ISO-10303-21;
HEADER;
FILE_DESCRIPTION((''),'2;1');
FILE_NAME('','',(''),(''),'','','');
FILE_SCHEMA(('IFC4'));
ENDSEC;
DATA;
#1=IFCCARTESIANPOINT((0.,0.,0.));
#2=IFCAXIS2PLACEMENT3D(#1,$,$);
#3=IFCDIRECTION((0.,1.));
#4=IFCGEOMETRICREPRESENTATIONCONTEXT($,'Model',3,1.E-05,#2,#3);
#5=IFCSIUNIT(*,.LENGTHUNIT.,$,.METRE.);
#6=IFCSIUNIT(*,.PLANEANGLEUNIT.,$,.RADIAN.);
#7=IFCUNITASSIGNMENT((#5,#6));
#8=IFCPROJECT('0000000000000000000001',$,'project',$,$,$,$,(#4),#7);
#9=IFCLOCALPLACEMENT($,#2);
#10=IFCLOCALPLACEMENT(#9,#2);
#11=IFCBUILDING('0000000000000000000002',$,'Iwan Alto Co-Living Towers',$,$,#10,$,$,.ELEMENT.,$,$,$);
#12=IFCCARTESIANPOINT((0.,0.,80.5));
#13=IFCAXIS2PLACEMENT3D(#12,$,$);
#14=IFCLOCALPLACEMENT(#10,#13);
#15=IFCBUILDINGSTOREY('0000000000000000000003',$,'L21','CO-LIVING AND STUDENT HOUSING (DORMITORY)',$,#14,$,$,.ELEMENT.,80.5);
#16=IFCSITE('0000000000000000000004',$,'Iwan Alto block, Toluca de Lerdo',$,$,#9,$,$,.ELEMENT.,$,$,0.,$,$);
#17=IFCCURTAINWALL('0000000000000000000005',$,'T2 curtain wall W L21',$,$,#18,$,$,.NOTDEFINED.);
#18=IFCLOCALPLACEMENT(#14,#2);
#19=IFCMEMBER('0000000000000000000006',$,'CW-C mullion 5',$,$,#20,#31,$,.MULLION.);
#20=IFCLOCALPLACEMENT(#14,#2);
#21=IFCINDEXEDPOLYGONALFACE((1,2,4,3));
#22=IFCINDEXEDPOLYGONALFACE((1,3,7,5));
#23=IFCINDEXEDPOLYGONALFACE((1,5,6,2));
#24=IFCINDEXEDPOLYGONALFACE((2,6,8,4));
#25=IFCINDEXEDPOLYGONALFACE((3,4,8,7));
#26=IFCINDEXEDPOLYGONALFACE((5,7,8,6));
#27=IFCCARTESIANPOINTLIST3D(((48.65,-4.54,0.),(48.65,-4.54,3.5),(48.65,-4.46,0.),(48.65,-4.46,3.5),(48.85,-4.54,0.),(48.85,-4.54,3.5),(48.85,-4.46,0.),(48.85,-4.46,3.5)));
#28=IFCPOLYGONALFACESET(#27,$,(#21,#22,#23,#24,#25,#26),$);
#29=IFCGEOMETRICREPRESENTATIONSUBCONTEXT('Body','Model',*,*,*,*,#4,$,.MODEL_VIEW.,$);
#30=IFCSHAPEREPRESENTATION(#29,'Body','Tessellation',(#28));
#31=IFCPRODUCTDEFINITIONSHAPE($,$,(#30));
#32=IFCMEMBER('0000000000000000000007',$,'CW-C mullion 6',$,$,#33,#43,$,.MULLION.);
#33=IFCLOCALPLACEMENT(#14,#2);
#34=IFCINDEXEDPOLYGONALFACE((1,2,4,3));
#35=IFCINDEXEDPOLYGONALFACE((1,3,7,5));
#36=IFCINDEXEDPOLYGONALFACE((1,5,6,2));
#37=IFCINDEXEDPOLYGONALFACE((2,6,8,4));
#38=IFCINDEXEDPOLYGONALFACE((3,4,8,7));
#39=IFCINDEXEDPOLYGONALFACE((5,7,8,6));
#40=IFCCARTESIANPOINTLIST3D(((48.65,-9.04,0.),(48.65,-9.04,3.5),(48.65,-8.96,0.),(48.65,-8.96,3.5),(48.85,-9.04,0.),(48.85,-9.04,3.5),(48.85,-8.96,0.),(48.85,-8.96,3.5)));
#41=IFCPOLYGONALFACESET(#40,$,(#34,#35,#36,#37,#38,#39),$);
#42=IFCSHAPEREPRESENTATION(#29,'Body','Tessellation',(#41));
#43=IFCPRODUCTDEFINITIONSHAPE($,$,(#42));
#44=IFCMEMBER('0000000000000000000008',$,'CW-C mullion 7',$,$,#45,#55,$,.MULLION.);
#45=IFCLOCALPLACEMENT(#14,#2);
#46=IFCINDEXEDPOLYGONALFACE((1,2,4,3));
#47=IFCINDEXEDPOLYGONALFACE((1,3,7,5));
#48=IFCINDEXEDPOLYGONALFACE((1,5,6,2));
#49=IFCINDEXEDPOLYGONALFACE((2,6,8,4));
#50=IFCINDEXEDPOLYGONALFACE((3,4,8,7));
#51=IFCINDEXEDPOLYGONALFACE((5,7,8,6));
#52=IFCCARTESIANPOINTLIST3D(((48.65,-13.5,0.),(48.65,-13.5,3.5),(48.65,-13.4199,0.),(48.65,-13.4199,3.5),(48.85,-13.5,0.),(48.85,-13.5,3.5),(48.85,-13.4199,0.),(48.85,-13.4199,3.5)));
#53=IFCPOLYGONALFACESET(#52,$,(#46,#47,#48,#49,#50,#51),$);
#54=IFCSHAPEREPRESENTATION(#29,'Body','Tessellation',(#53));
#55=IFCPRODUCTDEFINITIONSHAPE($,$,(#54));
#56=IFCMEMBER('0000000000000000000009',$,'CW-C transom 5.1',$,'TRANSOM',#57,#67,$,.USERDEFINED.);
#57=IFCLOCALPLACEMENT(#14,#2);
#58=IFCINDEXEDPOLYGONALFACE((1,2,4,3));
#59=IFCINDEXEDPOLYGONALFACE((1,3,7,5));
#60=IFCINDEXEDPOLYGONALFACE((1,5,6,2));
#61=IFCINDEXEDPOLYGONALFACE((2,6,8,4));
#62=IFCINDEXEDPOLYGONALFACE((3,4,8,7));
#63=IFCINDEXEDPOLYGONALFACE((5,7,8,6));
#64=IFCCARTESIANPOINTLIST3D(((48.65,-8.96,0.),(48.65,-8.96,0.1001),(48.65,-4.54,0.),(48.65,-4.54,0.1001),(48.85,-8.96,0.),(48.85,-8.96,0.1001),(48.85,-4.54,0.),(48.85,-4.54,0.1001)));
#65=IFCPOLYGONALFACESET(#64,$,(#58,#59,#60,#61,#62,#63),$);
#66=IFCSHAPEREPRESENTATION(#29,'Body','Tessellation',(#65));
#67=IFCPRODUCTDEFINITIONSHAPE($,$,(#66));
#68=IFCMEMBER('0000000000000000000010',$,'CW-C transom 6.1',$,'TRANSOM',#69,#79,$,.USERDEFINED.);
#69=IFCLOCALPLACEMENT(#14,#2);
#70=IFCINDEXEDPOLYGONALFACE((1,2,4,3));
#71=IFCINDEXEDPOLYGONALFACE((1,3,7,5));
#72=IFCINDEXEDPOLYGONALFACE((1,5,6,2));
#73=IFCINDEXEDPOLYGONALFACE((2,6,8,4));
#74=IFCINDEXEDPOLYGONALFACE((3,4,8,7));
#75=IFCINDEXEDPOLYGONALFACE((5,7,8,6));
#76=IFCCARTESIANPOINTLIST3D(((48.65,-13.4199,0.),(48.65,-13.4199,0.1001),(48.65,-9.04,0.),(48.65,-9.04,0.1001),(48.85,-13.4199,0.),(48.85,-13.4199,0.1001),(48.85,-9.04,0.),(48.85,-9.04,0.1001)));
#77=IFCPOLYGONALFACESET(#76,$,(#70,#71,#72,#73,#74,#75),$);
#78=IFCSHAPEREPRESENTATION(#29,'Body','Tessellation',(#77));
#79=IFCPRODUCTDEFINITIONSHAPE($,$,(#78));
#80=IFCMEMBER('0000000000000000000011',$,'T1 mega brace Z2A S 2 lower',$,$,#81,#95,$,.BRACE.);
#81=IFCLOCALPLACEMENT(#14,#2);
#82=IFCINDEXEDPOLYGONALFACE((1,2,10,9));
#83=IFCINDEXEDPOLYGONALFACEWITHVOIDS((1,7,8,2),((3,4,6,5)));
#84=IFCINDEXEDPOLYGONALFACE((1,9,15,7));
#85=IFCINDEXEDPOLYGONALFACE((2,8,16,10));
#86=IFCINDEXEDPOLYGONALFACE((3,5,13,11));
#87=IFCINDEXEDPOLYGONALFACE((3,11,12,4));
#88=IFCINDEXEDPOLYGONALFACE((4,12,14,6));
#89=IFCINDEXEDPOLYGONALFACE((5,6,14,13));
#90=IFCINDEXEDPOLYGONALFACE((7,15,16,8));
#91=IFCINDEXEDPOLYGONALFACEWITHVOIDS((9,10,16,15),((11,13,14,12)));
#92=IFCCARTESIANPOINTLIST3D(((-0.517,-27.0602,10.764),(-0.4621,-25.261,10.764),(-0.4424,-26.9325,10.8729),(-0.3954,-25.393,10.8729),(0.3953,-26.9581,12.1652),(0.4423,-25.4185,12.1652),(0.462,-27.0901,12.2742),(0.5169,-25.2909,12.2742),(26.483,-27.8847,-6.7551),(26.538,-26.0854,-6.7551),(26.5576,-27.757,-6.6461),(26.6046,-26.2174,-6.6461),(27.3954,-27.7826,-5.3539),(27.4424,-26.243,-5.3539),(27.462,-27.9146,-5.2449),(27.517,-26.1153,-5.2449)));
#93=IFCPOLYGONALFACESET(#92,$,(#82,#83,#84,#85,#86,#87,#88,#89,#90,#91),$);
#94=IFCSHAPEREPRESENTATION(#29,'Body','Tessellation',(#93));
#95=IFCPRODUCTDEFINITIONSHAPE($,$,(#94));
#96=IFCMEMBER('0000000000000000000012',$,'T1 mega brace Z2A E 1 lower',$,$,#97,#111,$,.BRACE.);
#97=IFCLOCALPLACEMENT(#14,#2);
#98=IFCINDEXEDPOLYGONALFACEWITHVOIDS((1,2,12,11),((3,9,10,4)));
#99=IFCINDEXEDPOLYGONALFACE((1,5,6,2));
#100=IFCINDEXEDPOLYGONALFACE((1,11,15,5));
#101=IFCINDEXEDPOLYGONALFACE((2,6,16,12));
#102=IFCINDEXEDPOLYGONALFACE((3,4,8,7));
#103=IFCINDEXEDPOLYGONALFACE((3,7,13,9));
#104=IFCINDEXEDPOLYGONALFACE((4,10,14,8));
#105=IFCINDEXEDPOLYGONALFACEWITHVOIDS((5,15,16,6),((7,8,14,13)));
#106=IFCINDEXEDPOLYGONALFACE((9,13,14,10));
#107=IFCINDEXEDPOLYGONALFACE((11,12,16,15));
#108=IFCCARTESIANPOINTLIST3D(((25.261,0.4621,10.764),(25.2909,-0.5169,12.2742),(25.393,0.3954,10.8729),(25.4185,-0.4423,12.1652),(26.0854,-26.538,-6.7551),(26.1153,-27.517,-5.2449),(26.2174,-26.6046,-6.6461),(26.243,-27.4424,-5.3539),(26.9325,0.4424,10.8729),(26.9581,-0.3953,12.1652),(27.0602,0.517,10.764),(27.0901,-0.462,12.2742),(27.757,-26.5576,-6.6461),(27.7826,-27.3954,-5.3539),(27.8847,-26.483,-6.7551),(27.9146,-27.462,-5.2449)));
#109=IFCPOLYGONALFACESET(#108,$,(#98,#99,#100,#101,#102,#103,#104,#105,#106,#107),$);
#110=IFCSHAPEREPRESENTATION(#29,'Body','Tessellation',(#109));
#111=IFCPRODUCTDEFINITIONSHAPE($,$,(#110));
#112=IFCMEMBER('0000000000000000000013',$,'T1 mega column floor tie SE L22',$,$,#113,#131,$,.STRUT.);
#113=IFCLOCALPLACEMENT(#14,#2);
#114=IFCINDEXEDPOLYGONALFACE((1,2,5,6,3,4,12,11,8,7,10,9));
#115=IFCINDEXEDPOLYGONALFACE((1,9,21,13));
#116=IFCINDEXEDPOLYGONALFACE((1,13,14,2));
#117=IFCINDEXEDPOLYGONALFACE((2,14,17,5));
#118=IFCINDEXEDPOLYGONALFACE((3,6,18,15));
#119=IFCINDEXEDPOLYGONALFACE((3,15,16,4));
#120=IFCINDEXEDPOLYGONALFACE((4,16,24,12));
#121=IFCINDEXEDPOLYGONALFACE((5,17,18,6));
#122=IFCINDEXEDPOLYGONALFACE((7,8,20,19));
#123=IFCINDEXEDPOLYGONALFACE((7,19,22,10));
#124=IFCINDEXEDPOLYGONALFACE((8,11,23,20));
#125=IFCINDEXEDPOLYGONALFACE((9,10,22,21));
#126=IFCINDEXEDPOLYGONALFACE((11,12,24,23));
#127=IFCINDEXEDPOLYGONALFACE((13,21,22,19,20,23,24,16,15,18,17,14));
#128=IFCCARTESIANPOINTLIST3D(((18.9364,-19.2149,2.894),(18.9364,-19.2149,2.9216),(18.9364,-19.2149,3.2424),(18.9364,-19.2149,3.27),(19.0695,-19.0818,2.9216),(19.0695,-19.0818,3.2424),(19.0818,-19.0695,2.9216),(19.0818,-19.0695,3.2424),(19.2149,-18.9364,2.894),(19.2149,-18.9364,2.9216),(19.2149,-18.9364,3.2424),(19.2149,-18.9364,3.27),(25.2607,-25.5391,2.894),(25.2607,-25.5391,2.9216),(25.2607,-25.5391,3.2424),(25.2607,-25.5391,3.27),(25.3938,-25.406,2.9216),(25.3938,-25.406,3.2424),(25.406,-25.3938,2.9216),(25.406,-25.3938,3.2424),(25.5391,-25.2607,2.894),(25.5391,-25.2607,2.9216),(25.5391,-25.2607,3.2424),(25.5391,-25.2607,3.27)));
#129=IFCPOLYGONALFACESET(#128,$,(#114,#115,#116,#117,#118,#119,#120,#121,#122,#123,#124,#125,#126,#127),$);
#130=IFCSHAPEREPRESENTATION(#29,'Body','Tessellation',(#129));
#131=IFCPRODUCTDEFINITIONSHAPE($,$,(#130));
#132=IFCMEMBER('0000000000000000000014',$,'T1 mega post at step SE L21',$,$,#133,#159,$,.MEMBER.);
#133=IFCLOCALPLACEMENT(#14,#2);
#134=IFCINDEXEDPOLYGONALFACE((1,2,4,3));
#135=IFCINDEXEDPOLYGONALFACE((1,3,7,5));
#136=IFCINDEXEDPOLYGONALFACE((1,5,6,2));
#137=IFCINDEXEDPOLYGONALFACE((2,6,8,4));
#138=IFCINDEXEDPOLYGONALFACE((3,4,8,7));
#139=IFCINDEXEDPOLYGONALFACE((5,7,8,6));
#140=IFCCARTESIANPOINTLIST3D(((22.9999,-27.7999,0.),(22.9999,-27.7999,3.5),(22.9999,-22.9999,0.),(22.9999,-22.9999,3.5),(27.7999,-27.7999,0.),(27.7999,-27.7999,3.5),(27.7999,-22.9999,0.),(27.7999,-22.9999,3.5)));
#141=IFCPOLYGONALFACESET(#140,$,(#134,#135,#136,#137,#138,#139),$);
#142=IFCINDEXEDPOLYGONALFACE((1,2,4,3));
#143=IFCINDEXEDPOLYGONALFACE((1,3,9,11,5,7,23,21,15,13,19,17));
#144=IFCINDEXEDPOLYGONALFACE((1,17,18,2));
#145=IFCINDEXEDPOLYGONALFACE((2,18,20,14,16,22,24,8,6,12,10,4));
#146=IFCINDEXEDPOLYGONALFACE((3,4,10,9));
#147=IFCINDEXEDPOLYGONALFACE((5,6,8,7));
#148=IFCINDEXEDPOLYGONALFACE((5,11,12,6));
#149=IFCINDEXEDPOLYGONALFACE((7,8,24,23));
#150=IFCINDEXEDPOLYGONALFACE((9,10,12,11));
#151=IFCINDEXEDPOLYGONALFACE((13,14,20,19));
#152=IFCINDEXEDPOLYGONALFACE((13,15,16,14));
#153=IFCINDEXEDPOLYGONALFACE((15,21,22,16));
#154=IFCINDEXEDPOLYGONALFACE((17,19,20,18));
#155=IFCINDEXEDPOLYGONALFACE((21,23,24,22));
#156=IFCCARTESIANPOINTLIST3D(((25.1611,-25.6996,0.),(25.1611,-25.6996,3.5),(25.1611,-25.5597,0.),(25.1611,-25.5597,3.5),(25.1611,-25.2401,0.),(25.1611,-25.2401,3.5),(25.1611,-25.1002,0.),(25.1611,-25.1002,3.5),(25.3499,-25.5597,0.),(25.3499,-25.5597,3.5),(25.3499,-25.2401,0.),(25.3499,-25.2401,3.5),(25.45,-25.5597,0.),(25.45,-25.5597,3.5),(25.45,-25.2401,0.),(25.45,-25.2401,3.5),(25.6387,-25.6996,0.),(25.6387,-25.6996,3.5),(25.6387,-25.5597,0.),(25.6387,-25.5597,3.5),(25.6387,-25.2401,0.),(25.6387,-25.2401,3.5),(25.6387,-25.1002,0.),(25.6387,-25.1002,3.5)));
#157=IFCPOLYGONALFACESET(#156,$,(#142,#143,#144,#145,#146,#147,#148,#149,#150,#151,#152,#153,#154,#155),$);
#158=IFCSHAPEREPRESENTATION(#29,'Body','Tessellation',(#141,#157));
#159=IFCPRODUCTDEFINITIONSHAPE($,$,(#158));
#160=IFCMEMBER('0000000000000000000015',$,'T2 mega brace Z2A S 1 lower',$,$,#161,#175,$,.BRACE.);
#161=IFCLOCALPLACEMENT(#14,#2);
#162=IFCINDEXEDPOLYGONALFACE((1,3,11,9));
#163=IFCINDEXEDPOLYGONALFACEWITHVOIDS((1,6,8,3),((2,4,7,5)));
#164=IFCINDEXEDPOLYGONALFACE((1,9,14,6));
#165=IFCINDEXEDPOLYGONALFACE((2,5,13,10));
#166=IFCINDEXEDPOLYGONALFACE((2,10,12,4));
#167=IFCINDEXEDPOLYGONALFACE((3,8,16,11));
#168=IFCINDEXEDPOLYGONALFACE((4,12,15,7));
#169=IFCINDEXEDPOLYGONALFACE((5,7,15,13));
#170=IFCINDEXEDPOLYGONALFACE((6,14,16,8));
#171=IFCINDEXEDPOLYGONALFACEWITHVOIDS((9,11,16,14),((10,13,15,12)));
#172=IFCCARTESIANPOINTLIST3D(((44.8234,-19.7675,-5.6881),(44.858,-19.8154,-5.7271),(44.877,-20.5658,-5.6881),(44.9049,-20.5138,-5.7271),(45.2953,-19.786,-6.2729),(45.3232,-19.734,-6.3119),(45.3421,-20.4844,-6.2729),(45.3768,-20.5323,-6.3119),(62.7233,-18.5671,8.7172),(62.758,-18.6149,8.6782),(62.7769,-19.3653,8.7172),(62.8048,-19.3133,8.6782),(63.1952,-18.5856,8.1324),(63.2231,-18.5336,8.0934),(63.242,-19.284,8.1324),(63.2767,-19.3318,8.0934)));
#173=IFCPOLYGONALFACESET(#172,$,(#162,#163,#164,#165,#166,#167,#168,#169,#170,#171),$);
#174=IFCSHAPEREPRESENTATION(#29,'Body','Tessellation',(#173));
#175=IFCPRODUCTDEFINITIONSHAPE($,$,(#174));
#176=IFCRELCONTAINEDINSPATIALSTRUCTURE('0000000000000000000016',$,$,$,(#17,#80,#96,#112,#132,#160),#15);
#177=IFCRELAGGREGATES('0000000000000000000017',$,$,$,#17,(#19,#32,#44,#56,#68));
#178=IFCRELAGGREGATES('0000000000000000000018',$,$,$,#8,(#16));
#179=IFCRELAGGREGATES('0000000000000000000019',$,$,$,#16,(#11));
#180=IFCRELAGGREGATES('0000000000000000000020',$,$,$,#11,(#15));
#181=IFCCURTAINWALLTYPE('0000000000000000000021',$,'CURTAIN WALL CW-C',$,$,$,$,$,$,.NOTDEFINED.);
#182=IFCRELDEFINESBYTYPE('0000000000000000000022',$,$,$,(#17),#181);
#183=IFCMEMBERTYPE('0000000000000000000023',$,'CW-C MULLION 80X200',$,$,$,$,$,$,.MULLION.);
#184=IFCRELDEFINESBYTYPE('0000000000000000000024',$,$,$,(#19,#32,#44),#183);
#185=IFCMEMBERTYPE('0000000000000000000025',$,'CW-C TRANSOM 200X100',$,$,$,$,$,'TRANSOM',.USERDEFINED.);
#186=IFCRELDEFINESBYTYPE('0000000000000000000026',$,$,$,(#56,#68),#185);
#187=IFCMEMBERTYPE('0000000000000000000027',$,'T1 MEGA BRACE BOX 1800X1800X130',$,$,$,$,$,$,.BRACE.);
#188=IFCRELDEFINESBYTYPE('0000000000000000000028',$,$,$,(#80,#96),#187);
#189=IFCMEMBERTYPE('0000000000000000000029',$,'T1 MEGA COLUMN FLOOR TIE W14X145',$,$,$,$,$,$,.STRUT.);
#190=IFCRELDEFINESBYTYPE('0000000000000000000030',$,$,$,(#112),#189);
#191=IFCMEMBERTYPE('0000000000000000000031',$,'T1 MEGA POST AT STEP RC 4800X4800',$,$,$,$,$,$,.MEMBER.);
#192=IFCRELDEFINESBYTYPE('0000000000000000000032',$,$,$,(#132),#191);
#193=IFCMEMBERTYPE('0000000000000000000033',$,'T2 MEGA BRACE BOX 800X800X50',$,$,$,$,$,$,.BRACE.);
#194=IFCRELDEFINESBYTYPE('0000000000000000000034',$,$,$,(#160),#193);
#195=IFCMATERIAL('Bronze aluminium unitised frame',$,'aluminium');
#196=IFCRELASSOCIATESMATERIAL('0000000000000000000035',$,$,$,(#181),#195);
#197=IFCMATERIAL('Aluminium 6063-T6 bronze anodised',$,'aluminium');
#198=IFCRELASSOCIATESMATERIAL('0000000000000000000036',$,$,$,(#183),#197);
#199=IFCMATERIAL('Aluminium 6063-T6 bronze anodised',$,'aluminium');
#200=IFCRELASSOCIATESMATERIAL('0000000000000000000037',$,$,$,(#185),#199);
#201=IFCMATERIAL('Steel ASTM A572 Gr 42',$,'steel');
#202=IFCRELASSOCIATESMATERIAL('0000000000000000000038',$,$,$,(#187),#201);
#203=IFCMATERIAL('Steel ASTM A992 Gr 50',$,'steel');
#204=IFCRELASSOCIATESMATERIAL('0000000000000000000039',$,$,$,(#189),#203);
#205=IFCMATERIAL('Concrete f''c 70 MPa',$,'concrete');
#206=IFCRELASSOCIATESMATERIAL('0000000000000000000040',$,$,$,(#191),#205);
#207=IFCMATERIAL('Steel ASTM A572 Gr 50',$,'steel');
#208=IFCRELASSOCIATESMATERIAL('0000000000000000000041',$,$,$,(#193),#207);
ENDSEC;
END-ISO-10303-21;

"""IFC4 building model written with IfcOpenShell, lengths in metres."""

from ifc_helpers import new_model, si_unit, direction, frame, origin, origin_2d, place, context, subcontext, project, spatial, rectangle, hollow_rectangle, i_section, extrude, material, material_profile, profile_set, type_object, element, aggregate, save


model = new_model("IFC4")

# Units and contexts
model_context = context("Model", 3, precision=1e-05, world=origin(), true_north=direction((0.0, 1.0)))
body_context = subcontext(model_context, "Body", "Model", "MODEL_VIEW")
ifc_project = project(units=[si_unit("LENGTHUNIT", "METRE"), si_unit("PLANEANGLEUNIT", "RADIAN")], contexts=[model_context])

# Site, building, storey
site_placement = place(None, origin())
site = spatial("IfcSite", under=ifc_project, at=site_placement, Name="Iwan Alto block, Toluca de Lerdo", CompositionType="ELEMENT", RefElevation=0.0)
building_placement = place(site_placement, origin())
building = spatial("IfcBuilding", under=site, at=building_placement, Name="Iwan Alto Co-Living Towers", CompositionType="ELEMENT")
storey_placement = place(building_placement, frame((0.0, 0.0, 80.5)))
storey = spatial("IfcBuildingStorey", under=building, at=storey_placement, Name="L21", Description="CO-LIVING AND STUDENT HOUSING (DORMITORY)", CompositionType="ELEMENT", Elevation=80.5)

# Curtain wall, members
ifc_material_1 = material(Name="Bronze aluminium unitised frame", Category="aluminium")
curtain_wall_type = type_object("IfcCurtainWallType", Name="CURTAIN WALL CW-C", PredefinedType="NOTDEFINED", material=ifc_material_1)
curtain_wall_placement = place(storey_placement, origin())
curtain_wall = element("IfcCurtainWall", 1, at=curtain_wall_placement, inside=storey, type_object=curtain_wall_type, Name="T2 curtain wall W L21", PredefinedType="NOTDEFINED")
ifc_material_2 = material(Name="Aluminium 6063-T6 bronze anodised", Category="aluminium")
ifc_material_profile_1 = material_profile(ifc_material_2, rectangle(XDim=0.2, YDim=0.0801, at=origin_2d()), Name="AL 80X200")
ifc_profile_set_1 = profile_set([ifc_material_profile_1], Name="Aluminium 6063-T6 bronze anodised")
member_type_1 = type_object("IfcMemberType", Name="CW-C MULLION 80X200", PredefinedType="MULLION", material=ifc_profile_set_1)
member_1_placement = place(storey_placement, frame((48.75, -4.5, 0.0), z_axis=(0.0, 0.0, 1.0), x_axis=(1.0, 0.0, 0.0)))
member_1 = element("IfcMember", 2, at=member_1_placement, type_object=member_type_1, Name="CW-C mullion 5", PredefinedType="MULLION", context=body_context, shape_type="SweptSolid", body=[
    extrude(rectangle(XDim=0.2, YDim=0.0801, at=origin_2d()), origin(), (0.0, 0.0, 1.0), 3.5),
])
member_2_placement = place(storey_placement, frame((48.75, -9.0, 0.0), z_axis=(0.0, 0.0, 1.0), x_axis=(1.0, 0.0, 0.0)))
member_2 = element("IfcMember", 3, at=member_2_placement, type_object=member_type_1, Name="CW-C mullion 6", PredefinedType="MULLION", context=body_context, shape_type="SweptSolid", body=[
    extrude(rectangle(XDim=0.2, YDim=0.0801, at=origin_2d()), origin(), (0.0, 0.0, 1.0), 3.5),
])
member_3_placement = place(storey_placement, frame((48.75, -13.46, 0.0), z_axis=(0.0, 0.0, 1.0), x_axis=(1.0, 0.0, 0.0)))
member_3 = element("IfcMember", 4, at=member_3_placement, type_object=member_type_1, Name="CW-C mullion 7", PredefinedType="MULLION", context=body_context, shape_type="SweptSolid", body=[
    extrude(rectangle(XDim=0.2, YDim=0.0801, at=origin_2d()), origin(), (0.0, 0.0, 1.0), 3.5),
])
ifc_material_3 = material(Name="Aluminium 6063-T6 bronze anodised", Category="aluminium")
ifc_material_profile_2 = material_profile(ifc_material_3, rectangle(XDim=0.2, YDim=0.1001, at=origin_2d()), Name="AL 200X100")
ifc_profile_set_2 = profile_set([ifc_material_profile_2], Name="Aluminium 6063-T6 bronze anodised")
member_type_2 = type_object("IfcMemberType", Name="CW-C TRANSOM 200X100", ElementType="TRANSOM", PredefinedType="USERDEFINED", material=ifc_profile_set_2)
member_4_placement = place(storey_placement, frame((48.75, -4.54, 0.05), z_axis=(0.0, -1.0, 0.0), x_axis=(1.0, 0.0, 0.0)))
member_4 = element("IfcMember", 5, at=member_4_placement, type_object=member_type_2, Name="CW-C transom 5.1", ObjectType="TRANSOM", PredefinedType="USERDEFINED", context=body_context, shape_type="SweptSolid", body=[
    extrude(rectangle(XDim=0.2, YDim=0.1001, at=origin_2d()), origin(), (0.0, 0.0, 1.0), 4.4199),
])
member_5_placement = place(storey_placement, frame((48.75, -9.04, 0.05), z_axis=(0.0, -1.0, 0.0), x_axis=(1.0, 0.0, 0.0)))
member_5 = element("IfcMember", 6, at=member_5_placement, type_object=member_type_2, Name="CW-C transom 6.1", ObjectType="TRANSOM", PredefinedType="USERDEFINED", context=body_context, shape_type="SweptSolid", body=[
    extrude(rectangle(XDim=0.2, YDim=0.1001, at=origin_2d()), origin(), (0.0, 0.0, 1.0), 4.3799),
])

# Members
ifc_material_4 = material(Name="Steel ASTM A572 Gr 42", Category="steel")
ifc_material_profile_3 = material_profile(ifc_material_4, hollow_rectangle(XDim=1.8, YDim=1.8, WallThickness=0.1299, at=origin_2d()), Name="BOX 1800X1800X130")
ifc_profile_set_3 = profile_set([ifc_material_profile_3], Name="Steel ASTM A572 Gr 42")
member_type_3 = type_object("IfcMemberType", Name="T1 MEGA BRACE BOX 1800X1800X130", PredefinedType="BRACE", material=ifc_profile_set_3)
for number, where, z_axis, x_axis, name in (
    (7, (27.0, -27.0, -6.0), (-0.838608, 0.025607, 0.544134), (-0.030521, -0.999534, 0.0), "T1 mega brace Z2A S 2 lower"),
    (8, (27.0, -27.0, -6.0), (-0.025607, 0.838608, 0.544134), (-0.999534, -0.030521, 0.0), "T1 mega brace Z2A E 1 lower"),
):
    element("IfcMember", number, at=place(storey_placement, frame(where, z_axis=z_axis, x_axis=x_axis)), inside=storey, type_object=member_type_3, Name=name, PredefinedType="BRACE", context=body_context, shape_type="SweptSolid", body=[
        extrude(hollow_rectangle(XDim=1.8, YDim=1.8, WallThickness=0.1299, at=origin_2d()), origin(), (0.0, 0.0, 1.0), 32.1963),
    ])
ifc_material_5 = material(Name="Steel ASTM A992 Gr 50", Category="steel")
ifc_material_profile_4 = material_profile(ifc_material_5, i_section(OverallWidth=0.3938, OverallDepth=0.376, WebThickness=0.0173, FlangeThickness=0.0276, at=origin_2d()), Name="W14X145")
ifc_profile_set_4 = profile_set([ifc_material_profile_4], Name="Steel ASTM A992 Gr 50")
member_type_4 = type_object("IfcMemberType", Name="T1 MEGA COLUMN FLOOR TIE W14X145", PredefinedType="STRUT", material=ifc_profile_set_4)
member_6_placement = place(storey_placement, frame((25.3999, -25.3999, 3.082), z_axis=(-0.707107, 0.707107, 0.0), x_axis=(-0.707107, -0.707107, 0.0)))
element("IfcMember", 9, at=member_6_placement, inside=storey, type_object=member_type_4, Name="T1 mega column floor tie SE L22", PredefinedType="STRUT", context=body_context, shape_type="SweptSolid", body=[
    extrude(i_section(OverallWidth=0.3938, OverallDepth=0.376, WebThickness=0.0173, FlangeThickness=0.0276, at=origin_2d()), origin(), (0.0, 0.0, 1.0), 8.9438),
])
ifc_material_6 = material(Name="Concrete f'c 70 MPa", Category="concrete")
ifc_material_profile_5 = material_profile(ifc_material_6, rectangle(XDim=4.8, YDim=4.8, at=origin_2d()), Name="RC 4800X4800")
ifc_profile_set_5 = profile_set([ifc_material_profile_5], Name="Concrete f'c 70 MPa")
member_type_5 = type_object("IfcMemberType", Name="T1 MEGA POST AT STEP RC 4800X4800", PredefinedType="MEMBER", material=ifc_profile_set_5)
member_7_placement = place(storey_placement, frame((25.3999, -25.3999, 0.0), z_axis=(0.0, 0.0, 1.0), x_axis=(1.0, 0.0, 0.0)))
element("IfcMember", 10, at=member_7_placement, inside=storey, type_object=member_type_5, Name="T1 mega post at step SE L21", PredefinedType="MEMBER", context=body_context, shape_type="SweptSolid", body=[
    extrude(rectangle(XDim=4.8, YDim=4.8, at=origin_2d()), origin(), (0.0, 0.0, 1.0), 3.5),
    extrude(i_section(OverallWidth=0.4775, OverallDepth=0.5994, WebThickness=0.1001, FlangeThickness=0.1399, at=origin_2d()), origin(), (0.0, 0.0, 1.0), 3.5),
])
ifc_material_7 = material(Name="Steel ASTM A572 Gr 50", Category="steel")
ifc_material_profile_6 = material_profile(ifc_material_7, hollow_rectangle(XDim=0.8, YDim=0.8, WallThickness=0.05, at=origin_2d()), Name="BOX 800X800X50")
ifc_profile_set_6 = profile_set([ifc_material_profile_6], Name="Steel ASTM A572 Gr 50")
member_type_6 = type_object("IfcMemberType", Name="T2 MEGA BRACE BOX 800X800X50", PredefinedType="BRACE", material=ifc_profile_set_6)
member_8_placement = place(storey_placement, frame((45.1001, -20.1499, -6.0), z_axis=(0.777992, 0.052175, 0.626104), x_axis=(-0.066914, 0.997759, 0.0)))
element("IfcMember", 11, at=member_8_placement, inside=storey, type_object=member_type_6, Name="T2 mega brace Z2A S 1 lower", PredefinedType="BRACE", context=body_context, shape_type="SweptSolid", body=[
    extrude(hollow_rectangle(XDim=0.8, YDim=0.8, WallThickness=0.05, at=origin_2d()), origin(), (0.0, 0.0, 1.0), 23.0078),
])

aggregate(curtain_wall, [member_1, member_2, member_3, member_4, member_5])

save(model, "model.ifc")
